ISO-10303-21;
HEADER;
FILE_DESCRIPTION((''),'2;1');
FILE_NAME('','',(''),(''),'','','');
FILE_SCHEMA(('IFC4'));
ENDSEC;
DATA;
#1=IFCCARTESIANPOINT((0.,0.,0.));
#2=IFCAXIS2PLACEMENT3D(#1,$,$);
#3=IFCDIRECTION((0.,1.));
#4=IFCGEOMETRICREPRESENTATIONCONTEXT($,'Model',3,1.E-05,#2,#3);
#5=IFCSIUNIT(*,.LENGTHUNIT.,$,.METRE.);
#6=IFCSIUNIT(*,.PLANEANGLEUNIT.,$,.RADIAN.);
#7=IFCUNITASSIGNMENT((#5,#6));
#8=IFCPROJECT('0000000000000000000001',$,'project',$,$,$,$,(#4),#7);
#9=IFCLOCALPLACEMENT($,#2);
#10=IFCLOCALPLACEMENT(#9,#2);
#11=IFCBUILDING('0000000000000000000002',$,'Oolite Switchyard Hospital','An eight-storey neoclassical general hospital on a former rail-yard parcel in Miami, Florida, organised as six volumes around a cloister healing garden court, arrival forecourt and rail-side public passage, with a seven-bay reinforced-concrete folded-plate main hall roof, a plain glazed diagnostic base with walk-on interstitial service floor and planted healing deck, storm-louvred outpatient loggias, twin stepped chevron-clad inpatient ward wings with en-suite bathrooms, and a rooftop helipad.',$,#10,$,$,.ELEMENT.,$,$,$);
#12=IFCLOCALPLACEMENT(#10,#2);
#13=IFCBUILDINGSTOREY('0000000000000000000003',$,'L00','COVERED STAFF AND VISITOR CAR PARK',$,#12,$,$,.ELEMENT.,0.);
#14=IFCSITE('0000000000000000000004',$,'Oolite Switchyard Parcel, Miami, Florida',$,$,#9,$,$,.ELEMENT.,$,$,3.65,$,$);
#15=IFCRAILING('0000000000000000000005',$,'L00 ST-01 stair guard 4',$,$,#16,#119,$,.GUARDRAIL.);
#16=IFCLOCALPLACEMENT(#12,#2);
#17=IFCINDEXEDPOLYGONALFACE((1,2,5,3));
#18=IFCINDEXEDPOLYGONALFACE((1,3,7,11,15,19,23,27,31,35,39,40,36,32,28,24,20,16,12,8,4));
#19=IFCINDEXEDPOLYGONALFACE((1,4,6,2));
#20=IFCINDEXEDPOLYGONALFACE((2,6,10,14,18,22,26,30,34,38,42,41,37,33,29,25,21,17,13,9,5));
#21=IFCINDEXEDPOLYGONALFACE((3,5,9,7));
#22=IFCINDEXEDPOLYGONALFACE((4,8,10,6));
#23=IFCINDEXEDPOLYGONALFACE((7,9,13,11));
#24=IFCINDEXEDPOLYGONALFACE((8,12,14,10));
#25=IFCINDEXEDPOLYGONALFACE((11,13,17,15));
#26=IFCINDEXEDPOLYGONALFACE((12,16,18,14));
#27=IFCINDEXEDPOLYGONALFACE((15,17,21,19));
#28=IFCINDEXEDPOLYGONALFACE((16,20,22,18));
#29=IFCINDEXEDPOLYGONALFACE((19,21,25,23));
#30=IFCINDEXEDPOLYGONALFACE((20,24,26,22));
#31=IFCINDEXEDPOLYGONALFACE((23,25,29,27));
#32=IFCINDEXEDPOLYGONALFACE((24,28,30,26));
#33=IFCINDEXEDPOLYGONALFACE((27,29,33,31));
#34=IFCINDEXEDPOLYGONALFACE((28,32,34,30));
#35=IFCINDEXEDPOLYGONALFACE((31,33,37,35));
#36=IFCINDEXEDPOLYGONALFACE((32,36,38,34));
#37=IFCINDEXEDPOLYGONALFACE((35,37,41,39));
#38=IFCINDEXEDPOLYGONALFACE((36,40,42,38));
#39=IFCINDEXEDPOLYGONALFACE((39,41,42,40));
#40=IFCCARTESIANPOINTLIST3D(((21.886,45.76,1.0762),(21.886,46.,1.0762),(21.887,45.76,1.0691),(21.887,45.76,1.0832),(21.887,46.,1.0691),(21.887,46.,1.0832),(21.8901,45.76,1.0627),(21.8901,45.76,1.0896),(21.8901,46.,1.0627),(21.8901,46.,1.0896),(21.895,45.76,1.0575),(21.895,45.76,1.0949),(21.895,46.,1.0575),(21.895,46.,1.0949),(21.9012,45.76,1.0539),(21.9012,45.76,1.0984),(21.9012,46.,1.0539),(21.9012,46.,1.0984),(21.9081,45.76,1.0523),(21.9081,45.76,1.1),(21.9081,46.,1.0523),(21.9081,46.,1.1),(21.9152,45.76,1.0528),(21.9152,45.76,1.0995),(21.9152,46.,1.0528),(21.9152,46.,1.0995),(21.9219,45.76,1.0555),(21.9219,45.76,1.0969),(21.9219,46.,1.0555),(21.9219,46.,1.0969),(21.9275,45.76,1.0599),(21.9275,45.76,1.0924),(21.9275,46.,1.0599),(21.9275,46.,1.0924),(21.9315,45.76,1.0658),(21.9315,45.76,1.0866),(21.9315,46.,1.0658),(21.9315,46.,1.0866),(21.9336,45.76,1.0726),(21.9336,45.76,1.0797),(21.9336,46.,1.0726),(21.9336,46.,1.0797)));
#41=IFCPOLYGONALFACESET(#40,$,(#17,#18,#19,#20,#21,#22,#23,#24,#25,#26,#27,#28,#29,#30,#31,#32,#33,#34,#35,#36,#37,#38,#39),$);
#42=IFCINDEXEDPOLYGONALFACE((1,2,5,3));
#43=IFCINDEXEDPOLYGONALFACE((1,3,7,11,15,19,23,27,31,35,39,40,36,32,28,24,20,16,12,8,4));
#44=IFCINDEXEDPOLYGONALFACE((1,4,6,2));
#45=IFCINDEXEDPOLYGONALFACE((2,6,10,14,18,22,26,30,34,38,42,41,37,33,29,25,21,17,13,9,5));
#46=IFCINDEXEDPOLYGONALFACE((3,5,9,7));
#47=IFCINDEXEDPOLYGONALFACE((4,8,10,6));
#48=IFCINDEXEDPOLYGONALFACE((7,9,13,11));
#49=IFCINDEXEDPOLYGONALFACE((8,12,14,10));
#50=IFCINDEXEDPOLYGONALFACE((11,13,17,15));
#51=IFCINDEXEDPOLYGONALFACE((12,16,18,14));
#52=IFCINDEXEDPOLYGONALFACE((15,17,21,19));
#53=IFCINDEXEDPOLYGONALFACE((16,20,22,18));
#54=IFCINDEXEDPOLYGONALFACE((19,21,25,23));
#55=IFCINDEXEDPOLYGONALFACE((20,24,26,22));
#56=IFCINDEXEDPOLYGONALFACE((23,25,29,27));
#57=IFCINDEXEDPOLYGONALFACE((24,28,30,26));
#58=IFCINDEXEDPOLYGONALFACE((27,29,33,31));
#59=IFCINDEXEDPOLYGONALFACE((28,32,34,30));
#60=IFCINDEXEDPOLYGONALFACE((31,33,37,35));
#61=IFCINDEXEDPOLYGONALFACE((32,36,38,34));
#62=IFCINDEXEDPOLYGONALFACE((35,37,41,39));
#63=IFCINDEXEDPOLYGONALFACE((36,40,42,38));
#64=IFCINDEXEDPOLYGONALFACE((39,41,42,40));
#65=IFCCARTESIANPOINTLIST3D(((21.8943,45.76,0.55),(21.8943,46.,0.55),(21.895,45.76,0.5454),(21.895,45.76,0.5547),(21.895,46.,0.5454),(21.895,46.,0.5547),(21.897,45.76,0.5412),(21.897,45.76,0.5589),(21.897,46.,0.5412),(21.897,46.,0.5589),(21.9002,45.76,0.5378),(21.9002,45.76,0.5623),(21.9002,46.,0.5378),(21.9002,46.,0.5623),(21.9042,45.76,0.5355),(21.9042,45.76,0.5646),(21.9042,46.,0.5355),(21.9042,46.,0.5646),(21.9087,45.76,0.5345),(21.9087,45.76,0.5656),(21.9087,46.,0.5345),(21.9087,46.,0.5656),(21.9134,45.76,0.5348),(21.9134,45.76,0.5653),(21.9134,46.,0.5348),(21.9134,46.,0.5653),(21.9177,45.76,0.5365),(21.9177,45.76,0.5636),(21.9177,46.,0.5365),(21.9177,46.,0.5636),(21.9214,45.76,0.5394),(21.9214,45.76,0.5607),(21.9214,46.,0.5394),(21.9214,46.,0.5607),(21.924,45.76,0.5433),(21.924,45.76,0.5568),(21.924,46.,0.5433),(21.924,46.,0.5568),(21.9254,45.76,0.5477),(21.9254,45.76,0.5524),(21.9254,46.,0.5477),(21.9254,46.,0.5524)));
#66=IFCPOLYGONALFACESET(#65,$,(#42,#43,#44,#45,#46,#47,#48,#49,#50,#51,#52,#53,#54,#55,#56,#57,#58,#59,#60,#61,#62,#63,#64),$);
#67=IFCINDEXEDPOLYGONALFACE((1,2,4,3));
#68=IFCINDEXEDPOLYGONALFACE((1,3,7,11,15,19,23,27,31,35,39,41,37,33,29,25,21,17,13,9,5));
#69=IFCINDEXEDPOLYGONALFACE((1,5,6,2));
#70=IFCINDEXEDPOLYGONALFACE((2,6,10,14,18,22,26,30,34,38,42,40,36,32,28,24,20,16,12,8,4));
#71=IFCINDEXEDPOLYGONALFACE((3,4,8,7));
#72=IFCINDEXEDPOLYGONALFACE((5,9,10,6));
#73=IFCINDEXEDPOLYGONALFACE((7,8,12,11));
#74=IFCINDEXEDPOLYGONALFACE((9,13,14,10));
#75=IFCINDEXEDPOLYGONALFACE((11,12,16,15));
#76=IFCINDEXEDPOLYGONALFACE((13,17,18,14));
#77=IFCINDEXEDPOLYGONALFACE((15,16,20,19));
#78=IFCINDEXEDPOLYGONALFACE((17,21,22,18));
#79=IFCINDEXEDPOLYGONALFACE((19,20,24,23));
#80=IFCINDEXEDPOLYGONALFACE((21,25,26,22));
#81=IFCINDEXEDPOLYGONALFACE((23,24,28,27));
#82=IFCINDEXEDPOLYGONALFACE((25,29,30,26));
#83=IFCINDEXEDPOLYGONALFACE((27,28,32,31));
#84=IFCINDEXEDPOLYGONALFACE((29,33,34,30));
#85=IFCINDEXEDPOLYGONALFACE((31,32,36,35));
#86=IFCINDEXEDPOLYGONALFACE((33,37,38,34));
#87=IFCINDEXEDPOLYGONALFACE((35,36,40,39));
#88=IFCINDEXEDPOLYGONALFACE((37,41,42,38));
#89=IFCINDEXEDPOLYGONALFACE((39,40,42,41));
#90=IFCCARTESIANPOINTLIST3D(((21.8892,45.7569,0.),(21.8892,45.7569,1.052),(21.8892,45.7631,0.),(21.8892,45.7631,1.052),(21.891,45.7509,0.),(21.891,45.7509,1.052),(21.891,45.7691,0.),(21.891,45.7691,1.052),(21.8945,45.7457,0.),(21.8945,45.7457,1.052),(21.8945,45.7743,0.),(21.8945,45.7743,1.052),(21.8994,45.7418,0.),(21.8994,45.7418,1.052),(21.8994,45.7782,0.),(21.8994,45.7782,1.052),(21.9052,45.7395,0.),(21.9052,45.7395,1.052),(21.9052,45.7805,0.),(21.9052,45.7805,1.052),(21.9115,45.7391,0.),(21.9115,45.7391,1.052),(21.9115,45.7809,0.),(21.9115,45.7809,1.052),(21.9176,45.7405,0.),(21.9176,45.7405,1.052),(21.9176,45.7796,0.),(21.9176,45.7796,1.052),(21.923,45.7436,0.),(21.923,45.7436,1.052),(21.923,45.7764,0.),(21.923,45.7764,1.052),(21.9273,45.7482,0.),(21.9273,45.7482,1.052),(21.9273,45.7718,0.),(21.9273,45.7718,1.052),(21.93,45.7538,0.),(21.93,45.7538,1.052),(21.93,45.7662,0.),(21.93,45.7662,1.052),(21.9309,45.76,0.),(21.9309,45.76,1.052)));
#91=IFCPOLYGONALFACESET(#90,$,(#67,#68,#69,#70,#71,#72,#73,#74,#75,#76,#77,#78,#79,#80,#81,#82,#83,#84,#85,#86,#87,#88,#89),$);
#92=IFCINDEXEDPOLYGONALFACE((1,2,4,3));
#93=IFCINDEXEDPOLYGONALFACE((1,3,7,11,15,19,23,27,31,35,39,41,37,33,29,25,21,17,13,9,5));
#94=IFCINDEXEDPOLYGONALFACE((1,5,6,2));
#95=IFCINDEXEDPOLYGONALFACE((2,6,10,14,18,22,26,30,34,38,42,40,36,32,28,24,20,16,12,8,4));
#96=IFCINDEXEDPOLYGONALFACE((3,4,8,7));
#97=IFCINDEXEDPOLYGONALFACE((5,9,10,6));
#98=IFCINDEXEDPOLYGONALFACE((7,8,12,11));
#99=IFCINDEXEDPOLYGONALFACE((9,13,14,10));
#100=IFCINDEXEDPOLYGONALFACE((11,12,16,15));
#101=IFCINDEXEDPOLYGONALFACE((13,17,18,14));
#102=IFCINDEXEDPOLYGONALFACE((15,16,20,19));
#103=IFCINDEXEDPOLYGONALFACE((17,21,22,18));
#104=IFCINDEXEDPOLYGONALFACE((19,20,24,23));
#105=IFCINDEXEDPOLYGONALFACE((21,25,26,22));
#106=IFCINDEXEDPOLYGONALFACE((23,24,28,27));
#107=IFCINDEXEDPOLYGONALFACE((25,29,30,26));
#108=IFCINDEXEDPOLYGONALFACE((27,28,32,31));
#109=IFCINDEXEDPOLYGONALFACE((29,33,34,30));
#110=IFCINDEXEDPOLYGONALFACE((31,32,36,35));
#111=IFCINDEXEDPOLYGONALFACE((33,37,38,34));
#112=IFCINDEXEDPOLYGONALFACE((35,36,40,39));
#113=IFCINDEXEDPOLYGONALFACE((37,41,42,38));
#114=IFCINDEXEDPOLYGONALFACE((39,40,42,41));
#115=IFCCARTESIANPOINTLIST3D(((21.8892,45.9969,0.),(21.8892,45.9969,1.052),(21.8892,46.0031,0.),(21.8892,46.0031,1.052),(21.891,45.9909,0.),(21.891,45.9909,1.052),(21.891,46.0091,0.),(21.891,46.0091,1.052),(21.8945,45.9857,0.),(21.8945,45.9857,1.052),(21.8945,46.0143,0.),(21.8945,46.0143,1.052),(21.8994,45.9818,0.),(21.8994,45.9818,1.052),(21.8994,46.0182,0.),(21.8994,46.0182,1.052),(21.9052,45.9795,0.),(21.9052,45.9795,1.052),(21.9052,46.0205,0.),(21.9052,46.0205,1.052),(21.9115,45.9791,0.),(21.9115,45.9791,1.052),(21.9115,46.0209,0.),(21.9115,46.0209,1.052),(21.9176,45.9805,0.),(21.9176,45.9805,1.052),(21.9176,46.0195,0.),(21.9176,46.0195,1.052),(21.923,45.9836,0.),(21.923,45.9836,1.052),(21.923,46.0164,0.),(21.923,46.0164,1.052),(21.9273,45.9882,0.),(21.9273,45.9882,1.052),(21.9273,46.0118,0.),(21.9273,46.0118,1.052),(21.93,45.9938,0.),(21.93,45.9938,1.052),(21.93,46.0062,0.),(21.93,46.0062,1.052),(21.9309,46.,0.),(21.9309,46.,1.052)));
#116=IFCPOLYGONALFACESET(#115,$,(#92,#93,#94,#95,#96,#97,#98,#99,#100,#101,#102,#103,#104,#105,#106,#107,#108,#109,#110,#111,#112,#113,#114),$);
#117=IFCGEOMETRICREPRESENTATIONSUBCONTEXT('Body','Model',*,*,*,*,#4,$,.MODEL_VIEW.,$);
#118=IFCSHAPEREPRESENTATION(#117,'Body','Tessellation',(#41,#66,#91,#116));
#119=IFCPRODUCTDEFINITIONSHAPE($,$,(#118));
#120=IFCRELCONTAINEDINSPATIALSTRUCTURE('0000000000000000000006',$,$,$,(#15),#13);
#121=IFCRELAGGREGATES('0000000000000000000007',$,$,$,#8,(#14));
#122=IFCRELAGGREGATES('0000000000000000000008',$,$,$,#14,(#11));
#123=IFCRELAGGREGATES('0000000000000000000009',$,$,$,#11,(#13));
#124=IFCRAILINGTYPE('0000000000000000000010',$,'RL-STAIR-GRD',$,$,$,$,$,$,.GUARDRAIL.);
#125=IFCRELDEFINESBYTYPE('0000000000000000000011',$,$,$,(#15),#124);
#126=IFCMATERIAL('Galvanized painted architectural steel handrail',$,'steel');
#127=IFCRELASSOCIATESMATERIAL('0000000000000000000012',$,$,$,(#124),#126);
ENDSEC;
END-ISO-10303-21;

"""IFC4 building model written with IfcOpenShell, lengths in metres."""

from ifc_helpers import new_model, si_unit, direction, frame, origin, origin_2d, place, context, subcontext, project, spatial, circle, extrude, material, type_object, element, save


model = new_model("IFC4")

# Units and contexts
model_context = context("Model", 3, precision=1e-05, world=origin(), true_north=direction((0.0, 1.0)))
body_context = subcontext(model_context, "Body", "Model", "MODEL_VIEW")
ifc_project = project(units=[si_unit("LENGTHUNIT", "METRE"), si_unit("PLANEANGLEUNIT", "RADIAN")], contexts=[model_context])

# Site, building, storey
site_placement = place(None, origin())
site = spatial("IfcSite", under=ifc_project, at=site_placement, Name="Oolite Switchyard Parcel, Miami, Florida", CompositionType="ELEMENT", RefElevation=3.65)
building_placement = place(site_placement, origin())
building = spatial("IfcBuilding", under=site, at=building_placement, Name="Oolite Switchyard Hospital", Description="An eight-storey neoclassical general hospital on a former rail-yard parcel in Miami, Florida, organised as six volumes around a cloister healing garden court, arrival forecourt and rail-side public passage, with a seven-bay reinforced-concrete folded-plate main hall roof, a plain glazed diagnostic base with walk-on interstitial service floor and planted healing deck, storm-louvred outpatient loggias, twin stepped chevron-clad inpatient ward wings with en-suite bathrooms, and a rooftop helipad.", CompositionType="ELEMENT")
storey_placement = place(building_placement, origin())
storey = spatial("IfcBuildingStorey", under=building, at=storey_placement, Name="L00", Description="COVERED STAFF AND VISITOR CAR PARK", CompositionType="ELEMENT", Elevation=0.0)

# Railing
ifc_material_1 = material(Name="Galvanized painted architectural steel handrail", Category="steel")
railing_type_1 = type_object("IfcRailingType", Name="RL-STAIR-GRD", PredefinedType="GUARDRAIL", material=ifc_material_1)
railing_1_placement = place(storey_placement, frame((21.9099, 45.76, 0.0)))
element("IfcRailing", 1, at=railing_1_placement, inside=storey, type_object=railing_type_1, Name="L00 ST-01 stair guard 4", PredefinedType="GUARDRAIL", context=body_context, shape_type="SweptSolid", body=[
    extrude(circle(Radius=0.0239, at=origin_2d()), frame((0.0, 0.0, 1.0762), z_axis=(0.0, 1.0, 0.0), x_axis=(-1.0, 0.0, 0.0)), (0.0, 0.0, 1.0), 0.24),
    extrude(circle(Radius=0.0156, at=origin_2d()), frame((0.0, 0.0, 0.55), z_axis=(0.0, 1.0, 0.0), x_axis=(-1.0, 0.0, 0.0)), (0.0, 0.0, 1.0), 0.24),
    extrude(circle(Radius=0.021, at=origin_2d()), origin(), (0.0, 0.0, 1.0), 1.052),
    extrude(circle(Radius=0.021, at=origin_2d()), frame((0.0, 0.24, 0.0)), (0.0, 0.0, 1.0), 1.052),
])

save(model, "model.ifc")
